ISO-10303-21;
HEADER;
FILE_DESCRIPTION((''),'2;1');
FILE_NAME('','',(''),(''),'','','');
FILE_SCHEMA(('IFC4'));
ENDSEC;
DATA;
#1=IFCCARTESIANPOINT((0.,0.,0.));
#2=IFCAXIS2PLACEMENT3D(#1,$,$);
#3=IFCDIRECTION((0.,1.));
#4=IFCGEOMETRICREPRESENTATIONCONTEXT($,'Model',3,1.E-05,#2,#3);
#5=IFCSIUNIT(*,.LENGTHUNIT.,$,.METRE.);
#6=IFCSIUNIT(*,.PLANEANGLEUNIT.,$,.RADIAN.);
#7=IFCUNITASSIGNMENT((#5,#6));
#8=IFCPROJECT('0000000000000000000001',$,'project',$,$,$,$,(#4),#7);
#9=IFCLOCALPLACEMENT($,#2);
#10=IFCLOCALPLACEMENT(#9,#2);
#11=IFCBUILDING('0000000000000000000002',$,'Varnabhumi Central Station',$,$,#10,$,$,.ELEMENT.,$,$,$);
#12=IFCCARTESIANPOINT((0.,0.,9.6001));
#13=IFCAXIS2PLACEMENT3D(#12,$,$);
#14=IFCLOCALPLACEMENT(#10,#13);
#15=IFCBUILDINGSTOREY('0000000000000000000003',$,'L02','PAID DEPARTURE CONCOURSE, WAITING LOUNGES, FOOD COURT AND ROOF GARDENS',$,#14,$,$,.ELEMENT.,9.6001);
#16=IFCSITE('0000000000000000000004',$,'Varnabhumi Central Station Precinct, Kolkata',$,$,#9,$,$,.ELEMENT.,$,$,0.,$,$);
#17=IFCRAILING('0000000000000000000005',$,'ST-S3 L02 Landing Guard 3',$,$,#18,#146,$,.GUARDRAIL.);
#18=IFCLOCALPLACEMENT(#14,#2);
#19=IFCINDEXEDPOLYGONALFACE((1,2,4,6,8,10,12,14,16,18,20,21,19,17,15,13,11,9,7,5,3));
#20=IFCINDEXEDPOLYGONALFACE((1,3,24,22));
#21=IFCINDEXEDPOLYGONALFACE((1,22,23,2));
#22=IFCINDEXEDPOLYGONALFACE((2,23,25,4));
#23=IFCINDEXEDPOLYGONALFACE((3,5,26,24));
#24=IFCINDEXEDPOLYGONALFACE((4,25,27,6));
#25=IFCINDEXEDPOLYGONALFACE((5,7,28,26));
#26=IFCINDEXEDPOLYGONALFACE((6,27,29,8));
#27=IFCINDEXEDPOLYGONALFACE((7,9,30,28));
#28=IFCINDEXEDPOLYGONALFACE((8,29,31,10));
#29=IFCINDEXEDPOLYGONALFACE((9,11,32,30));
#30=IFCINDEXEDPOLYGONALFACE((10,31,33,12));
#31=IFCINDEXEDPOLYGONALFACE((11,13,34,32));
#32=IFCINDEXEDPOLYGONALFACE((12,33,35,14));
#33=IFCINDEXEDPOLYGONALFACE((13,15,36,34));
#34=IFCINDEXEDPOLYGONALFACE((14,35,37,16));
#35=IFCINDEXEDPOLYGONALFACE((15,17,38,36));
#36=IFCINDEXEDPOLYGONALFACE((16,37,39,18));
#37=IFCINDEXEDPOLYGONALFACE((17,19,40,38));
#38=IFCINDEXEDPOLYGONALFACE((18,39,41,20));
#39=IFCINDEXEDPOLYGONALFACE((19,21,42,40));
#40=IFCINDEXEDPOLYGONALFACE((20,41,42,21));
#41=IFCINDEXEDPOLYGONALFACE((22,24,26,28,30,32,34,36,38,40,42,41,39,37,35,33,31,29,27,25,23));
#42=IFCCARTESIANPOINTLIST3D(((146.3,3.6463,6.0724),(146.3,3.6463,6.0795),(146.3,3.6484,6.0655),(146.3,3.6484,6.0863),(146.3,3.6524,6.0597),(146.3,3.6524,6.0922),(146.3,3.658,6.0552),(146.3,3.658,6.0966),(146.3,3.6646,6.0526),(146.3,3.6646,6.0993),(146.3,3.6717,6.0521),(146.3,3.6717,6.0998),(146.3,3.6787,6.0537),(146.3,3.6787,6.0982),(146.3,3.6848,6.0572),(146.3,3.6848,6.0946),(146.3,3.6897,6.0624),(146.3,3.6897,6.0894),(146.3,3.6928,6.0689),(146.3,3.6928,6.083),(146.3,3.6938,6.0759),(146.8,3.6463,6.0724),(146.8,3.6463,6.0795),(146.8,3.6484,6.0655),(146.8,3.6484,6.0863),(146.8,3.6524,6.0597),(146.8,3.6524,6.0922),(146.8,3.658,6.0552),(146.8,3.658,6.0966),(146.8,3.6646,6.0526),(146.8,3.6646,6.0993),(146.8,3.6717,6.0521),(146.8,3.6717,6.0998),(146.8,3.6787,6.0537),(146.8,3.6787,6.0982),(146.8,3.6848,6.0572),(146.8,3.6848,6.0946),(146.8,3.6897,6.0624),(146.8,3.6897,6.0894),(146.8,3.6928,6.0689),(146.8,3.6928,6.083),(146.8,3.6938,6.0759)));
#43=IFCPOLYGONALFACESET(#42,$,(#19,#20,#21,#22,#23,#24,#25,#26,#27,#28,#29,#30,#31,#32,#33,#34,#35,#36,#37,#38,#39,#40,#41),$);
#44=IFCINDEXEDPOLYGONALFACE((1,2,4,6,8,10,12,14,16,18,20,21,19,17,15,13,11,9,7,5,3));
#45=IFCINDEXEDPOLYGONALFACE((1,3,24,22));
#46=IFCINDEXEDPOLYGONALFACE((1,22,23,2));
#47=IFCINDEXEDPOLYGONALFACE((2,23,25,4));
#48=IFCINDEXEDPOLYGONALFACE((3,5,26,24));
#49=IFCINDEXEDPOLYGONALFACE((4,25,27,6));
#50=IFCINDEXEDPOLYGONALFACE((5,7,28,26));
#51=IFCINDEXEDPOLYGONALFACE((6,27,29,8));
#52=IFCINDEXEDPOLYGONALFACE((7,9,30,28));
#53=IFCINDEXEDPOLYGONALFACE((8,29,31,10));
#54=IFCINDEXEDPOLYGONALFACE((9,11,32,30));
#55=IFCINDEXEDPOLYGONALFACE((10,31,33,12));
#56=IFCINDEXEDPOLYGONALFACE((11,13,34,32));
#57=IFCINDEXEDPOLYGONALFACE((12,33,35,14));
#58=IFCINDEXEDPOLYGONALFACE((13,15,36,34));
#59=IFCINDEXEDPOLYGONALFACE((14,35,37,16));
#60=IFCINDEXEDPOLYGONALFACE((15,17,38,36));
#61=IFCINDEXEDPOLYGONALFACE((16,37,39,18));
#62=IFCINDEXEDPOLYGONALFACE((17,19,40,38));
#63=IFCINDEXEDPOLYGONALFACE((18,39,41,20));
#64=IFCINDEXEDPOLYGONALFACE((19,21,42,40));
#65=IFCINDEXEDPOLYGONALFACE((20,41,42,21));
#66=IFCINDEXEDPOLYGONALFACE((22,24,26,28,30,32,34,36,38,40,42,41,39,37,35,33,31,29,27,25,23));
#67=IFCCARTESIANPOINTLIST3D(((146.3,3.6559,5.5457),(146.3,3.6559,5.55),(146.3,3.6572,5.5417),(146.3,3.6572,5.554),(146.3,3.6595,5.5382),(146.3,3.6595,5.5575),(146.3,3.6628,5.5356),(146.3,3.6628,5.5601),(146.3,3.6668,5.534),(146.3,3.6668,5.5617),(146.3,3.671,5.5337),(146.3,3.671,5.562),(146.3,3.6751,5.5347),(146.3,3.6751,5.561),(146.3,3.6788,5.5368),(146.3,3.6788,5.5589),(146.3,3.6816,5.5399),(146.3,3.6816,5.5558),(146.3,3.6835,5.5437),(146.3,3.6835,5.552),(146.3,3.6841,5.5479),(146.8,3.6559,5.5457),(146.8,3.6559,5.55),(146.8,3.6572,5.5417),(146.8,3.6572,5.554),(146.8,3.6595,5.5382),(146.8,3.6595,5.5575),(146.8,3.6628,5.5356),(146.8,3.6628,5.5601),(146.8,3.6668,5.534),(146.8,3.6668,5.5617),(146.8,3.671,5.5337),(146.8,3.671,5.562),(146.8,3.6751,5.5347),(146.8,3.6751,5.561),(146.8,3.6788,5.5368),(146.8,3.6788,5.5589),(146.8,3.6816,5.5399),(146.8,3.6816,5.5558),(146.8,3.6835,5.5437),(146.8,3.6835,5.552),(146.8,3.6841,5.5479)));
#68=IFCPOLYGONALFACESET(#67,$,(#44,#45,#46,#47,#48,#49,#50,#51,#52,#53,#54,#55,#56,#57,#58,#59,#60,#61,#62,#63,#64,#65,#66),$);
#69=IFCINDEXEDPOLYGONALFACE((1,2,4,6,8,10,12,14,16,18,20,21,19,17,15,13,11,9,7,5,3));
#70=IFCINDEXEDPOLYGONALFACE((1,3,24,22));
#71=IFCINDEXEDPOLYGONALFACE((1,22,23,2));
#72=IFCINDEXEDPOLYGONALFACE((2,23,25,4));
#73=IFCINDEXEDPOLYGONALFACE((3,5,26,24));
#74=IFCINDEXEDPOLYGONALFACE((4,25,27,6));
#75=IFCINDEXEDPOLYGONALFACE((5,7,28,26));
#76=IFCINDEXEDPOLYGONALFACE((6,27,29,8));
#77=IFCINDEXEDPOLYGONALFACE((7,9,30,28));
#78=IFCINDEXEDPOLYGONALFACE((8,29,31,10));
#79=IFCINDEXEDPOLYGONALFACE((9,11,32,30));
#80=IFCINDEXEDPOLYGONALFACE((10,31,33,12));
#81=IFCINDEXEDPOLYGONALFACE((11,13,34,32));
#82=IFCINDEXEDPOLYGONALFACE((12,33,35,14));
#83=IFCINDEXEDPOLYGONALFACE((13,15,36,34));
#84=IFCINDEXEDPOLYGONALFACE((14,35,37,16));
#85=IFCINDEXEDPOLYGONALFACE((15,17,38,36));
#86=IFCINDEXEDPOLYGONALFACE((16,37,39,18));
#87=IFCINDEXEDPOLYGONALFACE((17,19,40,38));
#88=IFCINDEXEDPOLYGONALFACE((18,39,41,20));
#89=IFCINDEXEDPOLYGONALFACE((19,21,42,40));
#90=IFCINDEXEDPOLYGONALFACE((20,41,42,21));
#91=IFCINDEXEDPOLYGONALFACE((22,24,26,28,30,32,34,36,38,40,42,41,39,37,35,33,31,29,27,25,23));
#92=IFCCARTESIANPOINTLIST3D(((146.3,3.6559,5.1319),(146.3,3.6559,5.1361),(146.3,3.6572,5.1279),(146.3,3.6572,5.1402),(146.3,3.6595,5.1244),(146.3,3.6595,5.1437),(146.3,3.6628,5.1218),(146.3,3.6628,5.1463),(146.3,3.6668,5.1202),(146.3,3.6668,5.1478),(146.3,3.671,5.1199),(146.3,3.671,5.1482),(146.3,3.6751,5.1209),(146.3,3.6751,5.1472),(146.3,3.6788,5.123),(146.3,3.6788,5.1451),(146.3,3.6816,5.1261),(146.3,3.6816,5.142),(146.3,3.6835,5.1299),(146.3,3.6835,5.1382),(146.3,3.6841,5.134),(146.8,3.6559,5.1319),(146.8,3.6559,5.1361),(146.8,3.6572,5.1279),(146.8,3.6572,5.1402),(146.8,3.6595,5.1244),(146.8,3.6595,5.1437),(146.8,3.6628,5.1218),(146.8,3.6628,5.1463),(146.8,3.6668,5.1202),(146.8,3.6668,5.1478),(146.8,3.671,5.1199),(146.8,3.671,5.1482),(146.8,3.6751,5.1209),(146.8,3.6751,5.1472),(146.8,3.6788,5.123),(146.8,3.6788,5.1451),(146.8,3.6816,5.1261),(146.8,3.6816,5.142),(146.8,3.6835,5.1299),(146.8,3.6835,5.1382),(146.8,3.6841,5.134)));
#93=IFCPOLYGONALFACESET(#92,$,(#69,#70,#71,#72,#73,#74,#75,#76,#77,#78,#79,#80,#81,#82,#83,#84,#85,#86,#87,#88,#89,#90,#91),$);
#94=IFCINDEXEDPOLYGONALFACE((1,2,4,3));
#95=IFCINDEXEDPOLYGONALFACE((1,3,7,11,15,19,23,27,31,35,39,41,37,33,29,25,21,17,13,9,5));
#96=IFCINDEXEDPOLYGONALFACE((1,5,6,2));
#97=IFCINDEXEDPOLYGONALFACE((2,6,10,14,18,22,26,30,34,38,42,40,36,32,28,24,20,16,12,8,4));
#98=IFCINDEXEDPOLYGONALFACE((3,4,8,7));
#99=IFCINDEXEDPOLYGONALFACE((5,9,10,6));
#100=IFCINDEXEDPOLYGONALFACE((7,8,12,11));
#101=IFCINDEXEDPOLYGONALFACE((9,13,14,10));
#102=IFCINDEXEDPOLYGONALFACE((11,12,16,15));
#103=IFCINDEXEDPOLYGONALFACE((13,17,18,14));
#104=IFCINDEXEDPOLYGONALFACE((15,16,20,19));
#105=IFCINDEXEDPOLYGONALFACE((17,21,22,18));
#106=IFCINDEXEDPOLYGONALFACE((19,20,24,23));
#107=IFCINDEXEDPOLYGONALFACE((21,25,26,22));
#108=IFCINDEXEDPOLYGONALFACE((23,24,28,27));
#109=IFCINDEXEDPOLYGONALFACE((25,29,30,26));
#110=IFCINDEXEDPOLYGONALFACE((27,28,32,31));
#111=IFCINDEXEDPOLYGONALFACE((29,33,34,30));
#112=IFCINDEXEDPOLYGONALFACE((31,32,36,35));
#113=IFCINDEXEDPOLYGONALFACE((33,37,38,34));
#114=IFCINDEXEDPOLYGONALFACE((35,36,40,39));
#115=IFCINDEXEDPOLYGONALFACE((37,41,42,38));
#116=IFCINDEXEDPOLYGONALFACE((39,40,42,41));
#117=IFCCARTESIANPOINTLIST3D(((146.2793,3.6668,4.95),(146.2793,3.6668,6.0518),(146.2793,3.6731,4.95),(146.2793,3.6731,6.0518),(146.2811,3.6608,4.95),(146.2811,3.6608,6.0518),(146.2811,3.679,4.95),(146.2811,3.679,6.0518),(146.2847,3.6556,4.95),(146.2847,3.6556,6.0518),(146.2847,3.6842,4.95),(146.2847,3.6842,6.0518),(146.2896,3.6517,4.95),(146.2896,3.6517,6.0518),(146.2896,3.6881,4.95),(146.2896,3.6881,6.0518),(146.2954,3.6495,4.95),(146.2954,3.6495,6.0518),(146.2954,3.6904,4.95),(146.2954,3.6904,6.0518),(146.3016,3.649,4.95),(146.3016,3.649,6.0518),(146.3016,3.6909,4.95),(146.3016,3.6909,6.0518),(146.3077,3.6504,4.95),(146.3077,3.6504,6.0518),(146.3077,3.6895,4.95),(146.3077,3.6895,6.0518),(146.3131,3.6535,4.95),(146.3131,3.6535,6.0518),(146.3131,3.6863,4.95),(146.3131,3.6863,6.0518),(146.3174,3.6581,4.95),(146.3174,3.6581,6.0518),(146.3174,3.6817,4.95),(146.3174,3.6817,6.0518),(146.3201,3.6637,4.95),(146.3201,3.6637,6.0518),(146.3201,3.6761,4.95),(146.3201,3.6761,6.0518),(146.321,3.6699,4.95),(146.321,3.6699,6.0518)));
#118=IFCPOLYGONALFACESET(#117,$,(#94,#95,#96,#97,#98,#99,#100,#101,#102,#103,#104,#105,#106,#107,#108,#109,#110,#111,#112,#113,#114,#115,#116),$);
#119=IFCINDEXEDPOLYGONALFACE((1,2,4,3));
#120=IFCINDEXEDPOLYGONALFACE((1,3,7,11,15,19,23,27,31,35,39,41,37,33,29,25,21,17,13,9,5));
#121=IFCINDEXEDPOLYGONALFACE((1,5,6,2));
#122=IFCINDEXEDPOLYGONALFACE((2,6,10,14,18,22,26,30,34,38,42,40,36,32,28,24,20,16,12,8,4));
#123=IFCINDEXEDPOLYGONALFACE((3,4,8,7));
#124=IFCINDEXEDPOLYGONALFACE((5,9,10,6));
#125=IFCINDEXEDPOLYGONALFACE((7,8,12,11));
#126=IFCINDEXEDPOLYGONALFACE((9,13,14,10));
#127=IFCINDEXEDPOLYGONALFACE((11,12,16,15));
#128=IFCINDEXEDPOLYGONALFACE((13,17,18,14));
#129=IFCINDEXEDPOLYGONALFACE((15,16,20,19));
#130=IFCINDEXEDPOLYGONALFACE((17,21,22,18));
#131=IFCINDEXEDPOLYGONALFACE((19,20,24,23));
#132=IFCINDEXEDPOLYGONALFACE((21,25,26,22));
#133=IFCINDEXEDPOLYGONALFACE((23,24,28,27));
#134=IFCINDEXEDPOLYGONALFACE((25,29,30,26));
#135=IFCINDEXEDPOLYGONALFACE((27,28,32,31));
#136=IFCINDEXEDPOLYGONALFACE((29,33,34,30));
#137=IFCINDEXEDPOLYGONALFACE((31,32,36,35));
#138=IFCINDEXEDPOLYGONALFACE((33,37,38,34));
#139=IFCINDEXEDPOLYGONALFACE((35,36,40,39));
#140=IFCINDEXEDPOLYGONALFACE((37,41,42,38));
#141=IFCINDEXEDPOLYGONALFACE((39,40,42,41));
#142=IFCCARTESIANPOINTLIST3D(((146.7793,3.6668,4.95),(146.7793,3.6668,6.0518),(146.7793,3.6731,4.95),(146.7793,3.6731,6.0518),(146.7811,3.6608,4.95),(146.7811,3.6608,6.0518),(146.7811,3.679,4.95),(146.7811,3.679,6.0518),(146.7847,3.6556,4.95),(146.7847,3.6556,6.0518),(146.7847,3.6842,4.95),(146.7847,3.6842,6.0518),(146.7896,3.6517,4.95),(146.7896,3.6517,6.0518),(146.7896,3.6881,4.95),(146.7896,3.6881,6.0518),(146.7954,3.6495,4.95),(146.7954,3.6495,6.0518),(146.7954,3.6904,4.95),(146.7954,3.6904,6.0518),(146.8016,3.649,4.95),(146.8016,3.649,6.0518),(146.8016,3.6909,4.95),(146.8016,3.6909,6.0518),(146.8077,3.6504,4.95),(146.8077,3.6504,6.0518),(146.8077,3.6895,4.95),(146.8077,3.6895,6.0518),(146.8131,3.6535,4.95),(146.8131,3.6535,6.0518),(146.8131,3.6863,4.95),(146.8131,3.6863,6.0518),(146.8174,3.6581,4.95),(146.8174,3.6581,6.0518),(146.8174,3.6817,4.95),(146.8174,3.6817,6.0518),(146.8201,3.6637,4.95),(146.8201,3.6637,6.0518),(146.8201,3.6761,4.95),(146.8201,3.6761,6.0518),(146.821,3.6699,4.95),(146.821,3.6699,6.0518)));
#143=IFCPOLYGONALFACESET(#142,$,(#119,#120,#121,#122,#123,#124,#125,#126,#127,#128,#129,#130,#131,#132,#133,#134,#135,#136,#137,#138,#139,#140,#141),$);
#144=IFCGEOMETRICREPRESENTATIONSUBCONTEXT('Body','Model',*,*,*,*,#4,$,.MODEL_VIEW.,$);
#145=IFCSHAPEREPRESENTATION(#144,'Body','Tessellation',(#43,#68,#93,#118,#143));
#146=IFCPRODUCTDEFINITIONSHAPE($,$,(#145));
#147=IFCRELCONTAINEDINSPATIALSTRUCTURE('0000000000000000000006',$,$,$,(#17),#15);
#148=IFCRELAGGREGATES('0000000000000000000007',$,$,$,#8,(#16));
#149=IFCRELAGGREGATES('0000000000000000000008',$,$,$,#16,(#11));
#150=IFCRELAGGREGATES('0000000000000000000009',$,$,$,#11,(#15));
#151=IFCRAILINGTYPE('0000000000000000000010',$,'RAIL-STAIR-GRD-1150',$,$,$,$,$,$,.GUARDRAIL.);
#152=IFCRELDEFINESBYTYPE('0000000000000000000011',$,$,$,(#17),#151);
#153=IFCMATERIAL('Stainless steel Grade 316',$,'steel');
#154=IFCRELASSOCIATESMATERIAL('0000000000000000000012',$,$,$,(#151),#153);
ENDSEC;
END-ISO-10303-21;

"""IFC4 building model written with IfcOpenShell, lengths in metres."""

from ifc_helpers import new_model, si_unit, direction, frame, origin, origin_2d, place, context, subcontext, project, spatial, circle, extrude, material, type_object, element, save


model = new_model("IFC4")

# Units and contexts
model_context = context("Model", 3, precision=1e-05, world=origin(), true_north=direction((0.0, 1.0)))
body_context = subcontext(model_context, "Body", "Model", "MODEL_VIEW")
ifc_project = project(units=[si_unit("LENGTHUNIT", "METRE"), si_unit("PLANEANGLEUNIT", "RADIAN")], contexts=[model_context])

# Site, building, storey
site_placement = place(None, origin())
site = spatial("IfcSite", under=ifc_project, at=site_placement, Name="Varnabhumi Central Station Precinct, Kolkata", CompositionType="ELEMENT", RefElevation=0.0)
building_placement = place(site_placement, origin())
building = spatial("IfcBuilding", under=site, at=building_placement, Name="Varnabhumi Central Station", CompositionType="ELEMENT")
storey_placement = place(building_placement, frame((0.0, 0.0, 9.6001)))
storey = spatial("IfcBuildingStorey", under=building, at=storey_placement, Name="L02", Description="PAID DEPARTURE CONCOURSE, WAITING LOUNGES, FOOD COURT AND ROOF GARDENS", CompositionType="ELEMENT", Elevation=9.6001)

# Shared definitions
ifc_material_1 = material(Name="Stainless steel Grade 316", Category="steel")

# Railing
railing_type_1 = type_object("IfcRailingType", Name="RAIL-STAIR-GRD-1150", PredefinedType="GUARDRAIL", material=ifc_material_1)
for number, where, name in (
    (1, (146.3, 3.6699, 4.95), "ST-S3 L02 Landing Guard 3"),
):
    element("IfcRailing", number, at=place(storey_placement, frame(where)), inside=storey, type_object=railing_type_1, Name=name, PredefinedType="GUARDRAIL", context=body_context, shape_type="SweptSolid", body=[
        extrude(circle(Radius=0.0239, at=origin_2d()), frame((0.0, 0.0, 1.126), z_axis=(1.0, 0.0, 0.0), x_axis=(0.0, 1.0, 0.0)), (0.0, 0.0, 1.0), 0.5),
        extrude(circle(Radius=0.0142, at=origin_2d()), frame((0.0, 0.0, 0.5979), z_axis=(1.0, 0.0, 0.0), x_axis=(0.0, 1.0, 0.0)), (0.0, 0.0, 1.0), 0.5),
        extrude(circle(Radius=0.0142, at=origin_2d()), frame((0.0, 0.0, 0.1841), z_axis=(1.0, 0.0, 0.0), x_axis=(0.0, 1.0, 0.0)), (0.0, 0.0, 1.0), 0.5),
        extrude(circle(Radius=0.021, at=origin_2d()), origin(), (0.0, 0.0, 1.0), 1.1018),
        extrude(circle(Radius=0.021, at=origin_2d()), frame((0.5, 0.0, 0.0)), (0.0, 0.0, 1.0), 1.1018),
    ])

save(model, "model.ifc")
